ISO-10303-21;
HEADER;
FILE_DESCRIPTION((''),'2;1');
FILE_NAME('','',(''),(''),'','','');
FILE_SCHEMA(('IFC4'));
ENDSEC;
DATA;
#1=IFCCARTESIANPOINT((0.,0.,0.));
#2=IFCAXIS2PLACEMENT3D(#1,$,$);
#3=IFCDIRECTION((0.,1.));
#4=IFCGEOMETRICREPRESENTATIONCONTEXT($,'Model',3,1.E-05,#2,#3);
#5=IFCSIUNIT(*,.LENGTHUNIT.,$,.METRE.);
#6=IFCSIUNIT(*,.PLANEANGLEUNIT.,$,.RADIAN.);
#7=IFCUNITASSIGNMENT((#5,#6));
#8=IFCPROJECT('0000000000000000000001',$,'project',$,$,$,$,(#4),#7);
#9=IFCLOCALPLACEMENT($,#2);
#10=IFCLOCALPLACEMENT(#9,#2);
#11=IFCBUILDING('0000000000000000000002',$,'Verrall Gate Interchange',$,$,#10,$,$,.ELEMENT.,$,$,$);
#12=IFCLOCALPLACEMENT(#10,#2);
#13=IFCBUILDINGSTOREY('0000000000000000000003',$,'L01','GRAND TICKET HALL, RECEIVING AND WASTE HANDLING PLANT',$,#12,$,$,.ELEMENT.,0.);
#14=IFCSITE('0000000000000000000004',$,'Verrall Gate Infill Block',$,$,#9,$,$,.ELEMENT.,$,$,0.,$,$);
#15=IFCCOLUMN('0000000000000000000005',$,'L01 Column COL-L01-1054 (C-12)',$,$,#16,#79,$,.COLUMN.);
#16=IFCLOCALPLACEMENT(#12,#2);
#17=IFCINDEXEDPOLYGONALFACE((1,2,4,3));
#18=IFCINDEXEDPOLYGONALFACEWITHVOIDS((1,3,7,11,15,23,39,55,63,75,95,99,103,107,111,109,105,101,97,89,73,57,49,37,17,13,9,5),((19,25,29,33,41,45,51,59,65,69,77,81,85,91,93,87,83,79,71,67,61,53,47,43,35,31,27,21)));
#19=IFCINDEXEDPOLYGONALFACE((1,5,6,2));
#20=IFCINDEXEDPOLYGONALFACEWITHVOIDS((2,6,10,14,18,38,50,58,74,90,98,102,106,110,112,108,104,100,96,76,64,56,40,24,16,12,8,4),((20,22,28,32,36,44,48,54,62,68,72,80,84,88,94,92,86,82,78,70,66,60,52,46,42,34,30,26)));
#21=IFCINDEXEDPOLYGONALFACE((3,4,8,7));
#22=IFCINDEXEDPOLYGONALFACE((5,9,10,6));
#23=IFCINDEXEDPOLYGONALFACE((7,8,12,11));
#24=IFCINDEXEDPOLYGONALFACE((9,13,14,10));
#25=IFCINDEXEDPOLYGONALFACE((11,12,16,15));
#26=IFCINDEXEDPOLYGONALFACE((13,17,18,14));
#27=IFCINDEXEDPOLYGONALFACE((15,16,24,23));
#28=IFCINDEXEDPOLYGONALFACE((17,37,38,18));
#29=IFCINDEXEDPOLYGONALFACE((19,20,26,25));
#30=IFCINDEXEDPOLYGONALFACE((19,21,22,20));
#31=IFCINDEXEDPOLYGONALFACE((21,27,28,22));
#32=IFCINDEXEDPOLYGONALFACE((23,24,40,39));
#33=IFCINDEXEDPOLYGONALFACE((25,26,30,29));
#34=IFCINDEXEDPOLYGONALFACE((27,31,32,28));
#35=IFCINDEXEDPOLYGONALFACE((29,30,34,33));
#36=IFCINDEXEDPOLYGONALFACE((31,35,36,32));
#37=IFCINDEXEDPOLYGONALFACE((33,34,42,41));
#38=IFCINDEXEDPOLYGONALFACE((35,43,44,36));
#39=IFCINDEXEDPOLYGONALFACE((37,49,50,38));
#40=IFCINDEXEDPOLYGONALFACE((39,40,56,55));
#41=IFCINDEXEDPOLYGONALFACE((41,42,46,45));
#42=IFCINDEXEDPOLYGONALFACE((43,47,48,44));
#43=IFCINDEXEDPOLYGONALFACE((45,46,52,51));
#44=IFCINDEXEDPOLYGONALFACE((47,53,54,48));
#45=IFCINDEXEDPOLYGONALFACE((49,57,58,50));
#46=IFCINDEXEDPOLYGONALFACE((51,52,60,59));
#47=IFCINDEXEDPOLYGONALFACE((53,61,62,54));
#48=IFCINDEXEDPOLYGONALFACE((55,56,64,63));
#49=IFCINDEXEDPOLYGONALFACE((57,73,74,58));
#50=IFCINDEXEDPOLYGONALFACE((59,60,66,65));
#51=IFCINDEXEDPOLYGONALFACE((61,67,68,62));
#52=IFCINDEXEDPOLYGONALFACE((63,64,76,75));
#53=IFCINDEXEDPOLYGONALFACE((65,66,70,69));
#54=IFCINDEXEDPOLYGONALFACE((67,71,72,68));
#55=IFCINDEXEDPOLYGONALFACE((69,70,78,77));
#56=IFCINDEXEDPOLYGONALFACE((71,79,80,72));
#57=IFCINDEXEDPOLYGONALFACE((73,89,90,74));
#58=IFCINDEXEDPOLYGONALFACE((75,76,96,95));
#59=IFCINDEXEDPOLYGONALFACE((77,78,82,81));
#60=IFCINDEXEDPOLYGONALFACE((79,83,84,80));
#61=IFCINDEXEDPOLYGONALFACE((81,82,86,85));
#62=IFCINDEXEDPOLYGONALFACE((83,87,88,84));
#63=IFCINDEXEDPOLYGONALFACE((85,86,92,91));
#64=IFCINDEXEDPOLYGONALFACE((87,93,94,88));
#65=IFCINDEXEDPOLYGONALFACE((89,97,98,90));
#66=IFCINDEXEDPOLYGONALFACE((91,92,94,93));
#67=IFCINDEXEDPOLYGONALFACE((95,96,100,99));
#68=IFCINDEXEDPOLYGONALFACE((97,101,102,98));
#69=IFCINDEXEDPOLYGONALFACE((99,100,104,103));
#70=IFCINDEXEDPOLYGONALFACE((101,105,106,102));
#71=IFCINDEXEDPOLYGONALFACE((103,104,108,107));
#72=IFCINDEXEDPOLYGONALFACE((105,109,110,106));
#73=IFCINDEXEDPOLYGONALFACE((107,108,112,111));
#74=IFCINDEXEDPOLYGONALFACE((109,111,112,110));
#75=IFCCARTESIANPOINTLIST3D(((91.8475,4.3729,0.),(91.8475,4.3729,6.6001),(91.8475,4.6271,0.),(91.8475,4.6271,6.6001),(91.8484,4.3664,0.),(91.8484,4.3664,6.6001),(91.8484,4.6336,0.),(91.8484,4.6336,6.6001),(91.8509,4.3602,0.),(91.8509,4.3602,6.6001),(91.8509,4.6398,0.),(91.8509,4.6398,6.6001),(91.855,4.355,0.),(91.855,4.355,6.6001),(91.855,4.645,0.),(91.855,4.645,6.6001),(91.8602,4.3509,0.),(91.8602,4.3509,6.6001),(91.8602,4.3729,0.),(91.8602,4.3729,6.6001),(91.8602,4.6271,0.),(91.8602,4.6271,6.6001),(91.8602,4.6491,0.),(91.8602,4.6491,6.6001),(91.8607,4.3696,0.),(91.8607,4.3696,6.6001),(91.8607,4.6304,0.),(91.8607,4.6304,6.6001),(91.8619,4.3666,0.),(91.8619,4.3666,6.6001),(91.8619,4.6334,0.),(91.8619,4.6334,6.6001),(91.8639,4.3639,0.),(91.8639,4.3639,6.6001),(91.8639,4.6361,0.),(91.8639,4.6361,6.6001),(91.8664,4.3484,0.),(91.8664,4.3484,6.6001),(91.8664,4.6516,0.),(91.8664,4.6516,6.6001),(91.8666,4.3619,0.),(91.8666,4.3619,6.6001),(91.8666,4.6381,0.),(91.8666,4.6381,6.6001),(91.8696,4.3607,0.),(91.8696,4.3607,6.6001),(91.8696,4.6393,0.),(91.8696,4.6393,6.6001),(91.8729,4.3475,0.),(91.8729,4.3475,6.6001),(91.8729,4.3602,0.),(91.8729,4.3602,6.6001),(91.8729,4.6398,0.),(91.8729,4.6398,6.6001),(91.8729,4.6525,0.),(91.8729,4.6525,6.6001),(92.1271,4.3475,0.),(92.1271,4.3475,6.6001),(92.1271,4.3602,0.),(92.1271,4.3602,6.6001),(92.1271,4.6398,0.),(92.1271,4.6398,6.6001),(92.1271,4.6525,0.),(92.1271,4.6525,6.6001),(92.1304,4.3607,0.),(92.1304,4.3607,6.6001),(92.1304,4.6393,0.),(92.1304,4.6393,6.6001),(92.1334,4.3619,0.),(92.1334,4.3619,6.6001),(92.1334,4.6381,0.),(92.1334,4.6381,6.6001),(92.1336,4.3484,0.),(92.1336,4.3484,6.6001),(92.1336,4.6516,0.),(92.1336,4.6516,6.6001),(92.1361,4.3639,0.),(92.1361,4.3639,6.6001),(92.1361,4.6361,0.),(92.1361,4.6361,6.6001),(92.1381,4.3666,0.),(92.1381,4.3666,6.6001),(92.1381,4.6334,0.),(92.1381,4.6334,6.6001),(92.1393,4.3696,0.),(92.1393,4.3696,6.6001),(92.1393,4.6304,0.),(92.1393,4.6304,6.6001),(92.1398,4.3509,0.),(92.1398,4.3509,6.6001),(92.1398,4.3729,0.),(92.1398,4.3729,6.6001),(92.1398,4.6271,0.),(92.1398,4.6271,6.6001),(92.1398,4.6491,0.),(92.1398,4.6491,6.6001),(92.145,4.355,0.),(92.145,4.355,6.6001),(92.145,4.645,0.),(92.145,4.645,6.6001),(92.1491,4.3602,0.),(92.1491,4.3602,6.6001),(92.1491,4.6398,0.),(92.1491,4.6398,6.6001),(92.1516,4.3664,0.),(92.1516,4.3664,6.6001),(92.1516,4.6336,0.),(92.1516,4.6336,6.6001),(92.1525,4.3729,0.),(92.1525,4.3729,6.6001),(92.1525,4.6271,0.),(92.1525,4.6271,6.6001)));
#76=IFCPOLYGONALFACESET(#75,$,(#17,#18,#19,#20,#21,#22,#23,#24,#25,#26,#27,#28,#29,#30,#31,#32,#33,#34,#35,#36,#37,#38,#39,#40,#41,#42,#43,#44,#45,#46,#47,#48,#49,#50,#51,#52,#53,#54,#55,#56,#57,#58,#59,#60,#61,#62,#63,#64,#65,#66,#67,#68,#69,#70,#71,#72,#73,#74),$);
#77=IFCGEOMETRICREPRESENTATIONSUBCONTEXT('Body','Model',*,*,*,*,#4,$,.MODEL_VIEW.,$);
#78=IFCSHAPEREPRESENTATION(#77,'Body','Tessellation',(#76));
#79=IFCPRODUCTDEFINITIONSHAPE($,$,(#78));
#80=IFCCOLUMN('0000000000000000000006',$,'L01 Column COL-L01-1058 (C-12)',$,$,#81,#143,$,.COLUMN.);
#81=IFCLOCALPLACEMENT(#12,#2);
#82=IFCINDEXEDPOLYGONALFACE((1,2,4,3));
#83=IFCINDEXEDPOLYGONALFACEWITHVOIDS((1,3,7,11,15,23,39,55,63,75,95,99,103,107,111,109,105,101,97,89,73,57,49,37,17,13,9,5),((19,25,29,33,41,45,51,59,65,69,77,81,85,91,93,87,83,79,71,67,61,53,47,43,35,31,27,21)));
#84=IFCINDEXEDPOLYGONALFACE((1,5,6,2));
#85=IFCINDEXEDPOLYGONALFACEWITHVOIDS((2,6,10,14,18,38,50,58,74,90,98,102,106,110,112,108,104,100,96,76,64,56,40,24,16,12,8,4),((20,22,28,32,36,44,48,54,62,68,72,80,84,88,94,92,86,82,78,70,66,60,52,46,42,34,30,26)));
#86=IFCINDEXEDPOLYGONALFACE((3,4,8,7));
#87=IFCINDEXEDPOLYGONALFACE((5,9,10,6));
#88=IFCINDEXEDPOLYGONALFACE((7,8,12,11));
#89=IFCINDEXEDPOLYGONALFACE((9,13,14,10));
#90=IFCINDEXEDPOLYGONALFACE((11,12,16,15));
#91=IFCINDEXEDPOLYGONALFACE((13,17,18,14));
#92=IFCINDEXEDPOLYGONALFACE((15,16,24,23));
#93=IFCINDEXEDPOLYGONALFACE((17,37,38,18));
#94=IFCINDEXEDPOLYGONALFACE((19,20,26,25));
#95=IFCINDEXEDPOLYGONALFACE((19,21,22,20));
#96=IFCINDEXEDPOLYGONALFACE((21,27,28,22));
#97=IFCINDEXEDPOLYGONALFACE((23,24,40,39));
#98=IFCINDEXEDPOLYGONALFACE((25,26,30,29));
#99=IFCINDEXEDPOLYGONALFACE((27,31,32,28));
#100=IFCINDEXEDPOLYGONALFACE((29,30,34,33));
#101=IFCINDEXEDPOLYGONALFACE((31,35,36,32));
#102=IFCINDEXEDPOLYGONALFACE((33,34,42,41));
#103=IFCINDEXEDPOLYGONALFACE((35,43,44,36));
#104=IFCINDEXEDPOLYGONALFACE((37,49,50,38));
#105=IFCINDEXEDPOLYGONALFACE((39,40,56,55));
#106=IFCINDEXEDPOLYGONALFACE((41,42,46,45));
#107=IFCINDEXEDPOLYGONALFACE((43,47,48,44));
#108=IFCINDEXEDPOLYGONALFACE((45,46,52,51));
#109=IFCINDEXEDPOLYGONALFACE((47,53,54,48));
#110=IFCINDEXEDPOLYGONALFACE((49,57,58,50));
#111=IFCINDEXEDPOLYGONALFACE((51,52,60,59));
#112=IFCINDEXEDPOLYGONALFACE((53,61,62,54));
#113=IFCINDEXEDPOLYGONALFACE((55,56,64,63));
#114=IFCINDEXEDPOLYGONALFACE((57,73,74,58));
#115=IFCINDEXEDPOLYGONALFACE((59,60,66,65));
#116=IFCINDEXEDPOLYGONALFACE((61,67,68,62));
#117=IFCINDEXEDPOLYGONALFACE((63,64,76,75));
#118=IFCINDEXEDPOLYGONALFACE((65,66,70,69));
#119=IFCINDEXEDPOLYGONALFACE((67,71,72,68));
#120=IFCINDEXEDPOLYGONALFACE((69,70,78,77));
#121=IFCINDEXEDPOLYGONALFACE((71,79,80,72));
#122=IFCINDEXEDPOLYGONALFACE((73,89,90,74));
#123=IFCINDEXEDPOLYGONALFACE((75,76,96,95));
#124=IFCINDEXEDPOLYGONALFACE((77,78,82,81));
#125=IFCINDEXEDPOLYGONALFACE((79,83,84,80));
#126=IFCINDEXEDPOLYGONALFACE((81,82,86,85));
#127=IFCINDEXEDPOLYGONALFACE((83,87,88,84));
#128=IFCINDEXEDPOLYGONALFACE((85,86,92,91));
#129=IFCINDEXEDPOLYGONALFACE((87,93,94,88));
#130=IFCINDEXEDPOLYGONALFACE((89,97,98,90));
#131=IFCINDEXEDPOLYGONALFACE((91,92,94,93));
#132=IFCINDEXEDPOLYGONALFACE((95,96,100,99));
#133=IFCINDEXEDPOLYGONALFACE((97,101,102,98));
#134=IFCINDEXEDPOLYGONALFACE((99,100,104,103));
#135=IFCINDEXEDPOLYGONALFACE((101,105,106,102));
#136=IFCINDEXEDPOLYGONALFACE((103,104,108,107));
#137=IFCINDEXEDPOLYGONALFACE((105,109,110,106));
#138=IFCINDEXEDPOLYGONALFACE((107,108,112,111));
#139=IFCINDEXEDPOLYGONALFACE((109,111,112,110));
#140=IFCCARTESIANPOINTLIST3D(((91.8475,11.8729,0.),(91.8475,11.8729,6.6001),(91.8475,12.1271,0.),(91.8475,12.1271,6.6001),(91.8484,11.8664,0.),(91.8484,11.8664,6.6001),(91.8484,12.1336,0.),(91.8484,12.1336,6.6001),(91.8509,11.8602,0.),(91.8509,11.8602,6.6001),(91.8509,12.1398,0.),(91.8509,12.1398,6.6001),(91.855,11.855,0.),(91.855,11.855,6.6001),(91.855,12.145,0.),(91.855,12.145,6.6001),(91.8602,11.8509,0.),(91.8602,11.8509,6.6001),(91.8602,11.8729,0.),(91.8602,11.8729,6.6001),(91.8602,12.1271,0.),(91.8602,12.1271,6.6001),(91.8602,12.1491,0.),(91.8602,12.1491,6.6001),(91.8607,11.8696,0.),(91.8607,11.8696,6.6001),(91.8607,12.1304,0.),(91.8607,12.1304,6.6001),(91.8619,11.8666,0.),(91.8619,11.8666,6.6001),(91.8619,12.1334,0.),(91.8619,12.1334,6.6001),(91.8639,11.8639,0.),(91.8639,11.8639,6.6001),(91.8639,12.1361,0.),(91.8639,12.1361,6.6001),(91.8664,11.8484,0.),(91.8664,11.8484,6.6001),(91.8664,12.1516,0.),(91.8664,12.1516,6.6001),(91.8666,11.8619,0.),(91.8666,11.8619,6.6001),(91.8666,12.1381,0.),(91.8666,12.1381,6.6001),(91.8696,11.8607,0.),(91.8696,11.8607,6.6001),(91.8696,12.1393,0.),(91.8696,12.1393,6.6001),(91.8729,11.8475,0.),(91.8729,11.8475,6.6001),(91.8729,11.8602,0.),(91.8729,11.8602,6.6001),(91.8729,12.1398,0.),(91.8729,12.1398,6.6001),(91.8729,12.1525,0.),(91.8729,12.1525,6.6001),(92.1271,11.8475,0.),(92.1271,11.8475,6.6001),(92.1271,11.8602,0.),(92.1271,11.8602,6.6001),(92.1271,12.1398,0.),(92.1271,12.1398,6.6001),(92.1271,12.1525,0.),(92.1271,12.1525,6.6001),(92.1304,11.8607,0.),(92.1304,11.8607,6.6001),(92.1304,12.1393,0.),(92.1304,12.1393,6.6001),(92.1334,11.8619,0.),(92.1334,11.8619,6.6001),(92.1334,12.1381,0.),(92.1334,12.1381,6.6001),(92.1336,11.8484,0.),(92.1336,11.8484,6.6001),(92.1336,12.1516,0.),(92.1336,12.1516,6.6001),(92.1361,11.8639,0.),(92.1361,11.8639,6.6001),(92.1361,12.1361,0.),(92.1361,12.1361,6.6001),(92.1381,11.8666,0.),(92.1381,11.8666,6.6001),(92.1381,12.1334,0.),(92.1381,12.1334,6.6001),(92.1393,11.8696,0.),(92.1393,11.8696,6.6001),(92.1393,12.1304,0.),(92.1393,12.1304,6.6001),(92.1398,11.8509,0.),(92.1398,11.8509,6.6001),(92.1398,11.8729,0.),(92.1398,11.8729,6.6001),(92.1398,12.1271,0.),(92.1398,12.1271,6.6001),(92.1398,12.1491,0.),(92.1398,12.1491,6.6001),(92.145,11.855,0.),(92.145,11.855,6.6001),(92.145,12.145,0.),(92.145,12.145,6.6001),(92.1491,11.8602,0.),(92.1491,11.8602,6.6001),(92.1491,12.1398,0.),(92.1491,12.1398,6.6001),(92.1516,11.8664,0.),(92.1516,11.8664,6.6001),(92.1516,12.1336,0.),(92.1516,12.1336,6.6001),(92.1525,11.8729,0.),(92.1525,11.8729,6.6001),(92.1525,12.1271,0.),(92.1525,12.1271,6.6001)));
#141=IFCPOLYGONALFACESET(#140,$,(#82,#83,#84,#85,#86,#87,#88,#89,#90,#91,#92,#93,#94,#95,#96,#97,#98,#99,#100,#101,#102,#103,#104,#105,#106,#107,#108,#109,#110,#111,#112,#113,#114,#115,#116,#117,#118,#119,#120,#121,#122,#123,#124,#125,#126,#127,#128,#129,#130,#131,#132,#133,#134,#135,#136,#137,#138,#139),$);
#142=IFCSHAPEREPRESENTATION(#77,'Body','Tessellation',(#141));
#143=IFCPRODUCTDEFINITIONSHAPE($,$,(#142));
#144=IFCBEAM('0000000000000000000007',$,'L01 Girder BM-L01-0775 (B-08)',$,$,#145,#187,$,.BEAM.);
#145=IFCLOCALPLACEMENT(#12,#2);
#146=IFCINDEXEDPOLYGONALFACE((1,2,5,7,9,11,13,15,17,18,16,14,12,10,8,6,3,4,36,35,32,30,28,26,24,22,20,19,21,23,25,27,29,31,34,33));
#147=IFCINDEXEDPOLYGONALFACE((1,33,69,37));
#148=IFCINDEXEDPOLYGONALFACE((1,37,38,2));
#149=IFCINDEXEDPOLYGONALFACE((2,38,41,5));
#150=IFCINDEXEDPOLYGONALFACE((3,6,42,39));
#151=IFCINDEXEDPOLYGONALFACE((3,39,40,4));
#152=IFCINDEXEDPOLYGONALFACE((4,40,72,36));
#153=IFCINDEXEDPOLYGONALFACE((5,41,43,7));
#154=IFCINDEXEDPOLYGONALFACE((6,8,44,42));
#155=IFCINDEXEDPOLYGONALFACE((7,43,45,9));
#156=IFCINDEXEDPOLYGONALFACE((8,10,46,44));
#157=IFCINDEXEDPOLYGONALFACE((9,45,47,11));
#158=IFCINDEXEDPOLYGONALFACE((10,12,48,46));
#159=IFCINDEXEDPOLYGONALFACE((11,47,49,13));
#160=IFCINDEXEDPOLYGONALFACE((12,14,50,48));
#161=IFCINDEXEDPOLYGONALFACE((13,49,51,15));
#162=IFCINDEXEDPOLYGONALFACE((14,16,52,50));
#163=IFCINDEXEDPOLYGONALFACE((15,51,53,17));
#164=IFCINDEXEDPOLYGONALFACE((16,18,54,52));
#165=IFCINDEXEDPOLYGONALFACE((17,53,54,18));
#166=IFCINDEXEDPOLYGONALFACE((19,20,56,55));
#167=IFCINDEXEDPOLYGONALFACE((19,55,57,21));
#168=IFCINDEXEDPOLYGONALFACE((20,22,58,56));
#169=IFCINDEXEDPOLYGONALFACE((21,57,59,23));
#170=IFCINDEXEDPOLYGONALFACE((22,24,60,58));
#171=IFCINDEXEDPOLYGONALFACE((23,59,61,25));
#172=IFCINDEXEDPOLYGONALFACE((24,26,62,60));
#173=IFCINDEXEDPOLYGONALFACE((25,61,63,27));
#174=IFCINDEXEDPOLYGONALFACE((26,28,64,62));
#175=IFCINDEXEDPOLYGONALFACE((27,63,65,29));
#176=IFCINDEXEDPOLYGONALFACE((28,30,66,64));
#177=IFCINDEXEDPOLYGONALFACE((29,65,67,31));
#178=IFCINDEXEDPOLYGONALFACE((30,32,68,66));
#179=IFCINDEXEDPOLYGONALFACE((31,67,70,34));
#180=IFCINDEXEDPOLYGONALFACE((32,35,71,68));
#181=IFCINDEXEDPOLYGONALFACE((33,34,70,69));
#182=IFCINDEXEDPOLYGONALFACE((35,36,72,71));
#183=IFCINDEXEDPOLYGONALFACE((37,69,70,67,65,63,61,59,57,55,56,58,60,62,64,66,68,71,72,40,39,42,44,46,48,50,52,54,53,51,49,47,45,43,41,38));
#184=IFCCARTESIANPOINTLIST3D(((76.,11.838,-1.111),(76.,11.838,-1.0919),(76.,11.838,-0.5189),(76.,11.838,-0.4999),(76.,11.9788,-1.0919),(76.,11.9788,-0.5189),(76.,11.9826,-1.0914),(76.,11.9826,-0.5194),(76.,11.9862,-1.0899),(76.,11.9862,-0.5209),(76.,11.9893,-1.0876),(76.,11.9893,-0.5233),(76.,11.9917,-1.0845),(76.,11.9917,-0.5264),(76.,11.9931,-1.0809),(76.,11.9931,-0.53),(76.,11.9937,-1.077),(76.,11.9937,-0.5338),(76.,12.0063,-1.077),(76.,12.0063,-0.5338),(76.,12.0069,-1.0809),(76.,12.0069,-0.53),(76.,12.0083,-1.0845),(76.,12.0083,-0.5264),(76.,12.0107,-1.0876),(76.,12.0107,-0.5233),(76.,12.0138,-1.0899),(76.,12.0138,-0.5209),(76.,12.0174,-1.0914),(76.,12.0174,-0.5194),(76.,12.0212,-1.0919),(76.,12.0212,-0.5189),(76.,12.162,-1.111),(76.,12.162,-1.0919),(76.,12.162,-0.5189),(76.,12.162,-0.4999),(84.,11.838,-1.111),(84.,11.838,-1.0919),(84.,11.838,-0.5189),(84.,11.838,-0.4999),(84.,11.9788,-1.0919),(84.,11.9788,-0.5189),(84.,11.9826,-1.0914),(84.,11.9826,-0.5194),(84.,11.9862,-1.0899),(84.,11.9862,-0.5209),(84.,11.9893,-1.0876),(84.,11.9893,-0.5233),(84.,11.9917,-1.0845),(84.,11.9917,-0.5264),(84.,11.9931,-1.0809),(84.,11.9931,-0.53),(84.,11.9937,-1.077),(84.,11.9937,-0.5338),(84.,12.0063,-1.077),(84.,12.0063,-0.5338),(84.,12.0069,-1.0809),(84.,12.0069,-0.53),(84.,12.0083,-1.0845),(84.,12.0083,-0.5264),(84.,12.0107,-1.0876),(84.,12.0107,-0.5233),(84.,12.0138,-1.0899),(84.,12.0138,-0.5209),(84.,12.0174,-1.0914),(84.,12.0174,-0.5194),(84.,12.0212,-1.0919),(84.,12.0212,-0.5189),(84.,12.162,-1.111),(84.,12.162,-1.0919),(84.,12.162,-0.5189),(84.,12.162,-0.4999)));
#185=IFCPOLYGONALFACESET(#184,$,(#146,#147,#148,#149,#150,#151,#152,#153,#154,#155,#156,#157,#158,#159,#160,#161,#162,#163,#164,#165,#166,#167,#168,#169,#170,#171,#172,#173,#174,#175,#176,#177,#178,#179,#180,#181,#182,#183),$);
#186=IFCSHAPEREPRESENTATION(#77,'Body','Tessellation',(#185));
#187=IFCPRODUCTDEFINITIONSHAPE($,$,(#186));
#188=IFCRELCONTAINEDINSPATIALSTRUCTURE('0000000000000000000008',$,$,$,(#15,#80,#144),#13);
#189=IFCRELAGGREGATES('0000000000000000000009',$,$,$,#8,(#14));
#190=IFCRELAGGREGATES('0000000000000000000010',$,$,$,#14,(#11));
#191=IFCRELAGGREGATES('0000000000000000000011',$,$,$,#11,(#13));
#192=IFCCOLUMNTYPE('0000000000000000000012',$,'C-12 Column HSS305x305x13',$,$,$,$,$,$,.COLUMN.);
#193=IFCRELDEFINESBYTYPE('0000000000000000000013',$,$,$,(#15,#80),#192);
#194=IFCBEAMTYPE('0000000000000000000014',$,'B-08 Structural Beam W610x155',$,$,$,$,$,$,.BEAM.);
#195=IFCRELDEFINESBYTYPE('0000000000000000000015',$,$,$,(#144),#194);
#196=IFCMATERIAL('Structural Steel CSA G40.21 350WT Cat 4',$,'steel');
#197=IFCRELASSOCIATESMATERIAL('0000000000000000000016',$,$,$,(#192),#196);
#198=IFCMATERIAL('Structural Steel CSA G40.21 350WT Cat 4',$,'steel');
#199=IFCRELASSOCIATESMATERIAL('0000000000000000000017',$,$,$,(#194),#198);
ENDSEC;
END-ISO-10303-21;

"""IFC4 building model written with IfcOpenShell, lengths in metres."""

from ifc_helpers import new_model, si_unit, direction, frame, origin, origin_2d, place, context, subcontext, project, spatial, hollow_rectangle, i_section, extrude, material, material_profile, profile_set, type_object, element, save


model = new_model("IFC4")

# Units and contexts
model_context = context("Model", 3, precision=1e-05, world=origin(), true_north=direction((0.0, 1.0)))
body_context = subcontext(model_context, "Body", "Model", "MODEL_VIEW")
ifc_project = project(units=[si_unit("LENGTHUNIT", "METRE"), si_unit("PLANEANGLEUNIT", "RADIAN")], contexts=[model_context])

# Site, building, storey
site_placement = place(None, origin())
site = spatial("IfcSite", under=ifc_project, at=site_placement, Name="Verrall Gate Infill Block", CompositionType="ELEMENT", RefElevation=0.0)
building_placement = place(site_placement, origin())
building = spatial("IfcBuilding", under=site, at=building_placement, Name="Verrall Gate Interchange", CompositionType="ELEMENT")
storey_placement = place(building_placement, origin())
storey = spatial("IfcBuildingStorey", under=building, at=storey_placement, Name="L01", Description="GRAND TICKET HALL, RECEIVING AND WASTE HANDLING PLANT", CompositionType="ELEMENT", Elevation=0.0)

# Columns
ifc_material_1 = material(Name="Structural Steel CSA G40.21 350WT Cat 4", Category="steel")
ifc_material_profile_1 = material_profile(ifc_material_1, hollow_rectangle(XDim=0.3049, YDim=0.3049, WallThickness=0.0127, InnerFilletRadius=0.0127, OuterFilletRadius=0.0254, at=origin_2d()), Name="HSS305x305x13")
ifc_profile_set_1 = profile_set([ifc_material_profile_1], Name="Structural Steel CSA G40.21 350WT Cat 4")
column_type = type_object("IfcColumnType", Name="C-12 Column HSS305x305x13", PredefinedType="COLUMN", material=ifc_profile_set_1)
for number, where, z_axis, x_axis, name in (
    (1, (92.0, 4.5, 0.0), (0.0, 0.0, 1.0), (1.0, 0.0, 0.0), "L01 Column COL-L01-1054 (C-12)"),
    (2, (92.0, 12.0, 0.0), (0.0, 0.0, 1.0), (1.0, 0.0, 0.0), "L01 Column COL-L01-1058 (C-12)"),
):
    element("IfcColumn", number, at=place(storey_placement, frame(where, z_axis=z_axis, x_axis=x_axis)), inside=storey, type_object=column_type, Name=name, PredefinedType="COLUMN", context=body_context, shape_type="SweptSolid", body=[
        extrude(hollow_rectangle(XDim=0.3049, YDim=0.3049, WallThickness=0.0127, InnerFilletRadius=0.0127, OuterFilletRadius=0.0254, at=origin_2d()), origin(), (0.0, 0.0, 1.0), 6.6001),
    ])

# Beam
ifc_material_2 = material(Name="Structural Steel CSA G40.21 350WT Cat 4", Category="steel")
ifc_material_profile_2 = material_profile(ifc_material_2, i_section(OverallWidth=0.324, OverallDepth=0.6111, WebThickness=0.0127, FlangeThickness=0.019, FilletRadius=0.0149, at=origin_2d()), Name="W610x155")
ifc_profile_set_2 = profile_set([ifc_material_profile_2], Name="Structural Steel CSA G40.21 350WT Cat 4")
beam_type_1 = type_object("IfcBeamType", Name="B-08 Structural Beam W610x155", PredefinedType="BEAM", material=ifc_profile_set_2)
for number, where, z_axis, x_axis, name in (
    (3, (76.0, 12.0, -0.8054), (1.0, 0.0, 0.0), (0.0, 1.0, 0.0), "L01 Girder BM-L01-0775 (B-08)"),
):
    element("IfcBeam", number, at=place(storey_placement, frame(where, z_axis=z_axis, x_axis=x_axis)), inside=storey, type_object=beam_type_1, Name=name, PredefinedType="BEAM", context=body_context, shape_type="SweptSolid", body=[
        extrude(i_section(OverallWidth=0.324, OverallDepth=0.6111, WebThickness=0.0127, FlangeThickness=0.019, FilletRadius=0.0149, at=origin_2d()), origin(), (0.0, 0.0, 1.0), 8.0),
    ])

save(model, "model.ifc")
